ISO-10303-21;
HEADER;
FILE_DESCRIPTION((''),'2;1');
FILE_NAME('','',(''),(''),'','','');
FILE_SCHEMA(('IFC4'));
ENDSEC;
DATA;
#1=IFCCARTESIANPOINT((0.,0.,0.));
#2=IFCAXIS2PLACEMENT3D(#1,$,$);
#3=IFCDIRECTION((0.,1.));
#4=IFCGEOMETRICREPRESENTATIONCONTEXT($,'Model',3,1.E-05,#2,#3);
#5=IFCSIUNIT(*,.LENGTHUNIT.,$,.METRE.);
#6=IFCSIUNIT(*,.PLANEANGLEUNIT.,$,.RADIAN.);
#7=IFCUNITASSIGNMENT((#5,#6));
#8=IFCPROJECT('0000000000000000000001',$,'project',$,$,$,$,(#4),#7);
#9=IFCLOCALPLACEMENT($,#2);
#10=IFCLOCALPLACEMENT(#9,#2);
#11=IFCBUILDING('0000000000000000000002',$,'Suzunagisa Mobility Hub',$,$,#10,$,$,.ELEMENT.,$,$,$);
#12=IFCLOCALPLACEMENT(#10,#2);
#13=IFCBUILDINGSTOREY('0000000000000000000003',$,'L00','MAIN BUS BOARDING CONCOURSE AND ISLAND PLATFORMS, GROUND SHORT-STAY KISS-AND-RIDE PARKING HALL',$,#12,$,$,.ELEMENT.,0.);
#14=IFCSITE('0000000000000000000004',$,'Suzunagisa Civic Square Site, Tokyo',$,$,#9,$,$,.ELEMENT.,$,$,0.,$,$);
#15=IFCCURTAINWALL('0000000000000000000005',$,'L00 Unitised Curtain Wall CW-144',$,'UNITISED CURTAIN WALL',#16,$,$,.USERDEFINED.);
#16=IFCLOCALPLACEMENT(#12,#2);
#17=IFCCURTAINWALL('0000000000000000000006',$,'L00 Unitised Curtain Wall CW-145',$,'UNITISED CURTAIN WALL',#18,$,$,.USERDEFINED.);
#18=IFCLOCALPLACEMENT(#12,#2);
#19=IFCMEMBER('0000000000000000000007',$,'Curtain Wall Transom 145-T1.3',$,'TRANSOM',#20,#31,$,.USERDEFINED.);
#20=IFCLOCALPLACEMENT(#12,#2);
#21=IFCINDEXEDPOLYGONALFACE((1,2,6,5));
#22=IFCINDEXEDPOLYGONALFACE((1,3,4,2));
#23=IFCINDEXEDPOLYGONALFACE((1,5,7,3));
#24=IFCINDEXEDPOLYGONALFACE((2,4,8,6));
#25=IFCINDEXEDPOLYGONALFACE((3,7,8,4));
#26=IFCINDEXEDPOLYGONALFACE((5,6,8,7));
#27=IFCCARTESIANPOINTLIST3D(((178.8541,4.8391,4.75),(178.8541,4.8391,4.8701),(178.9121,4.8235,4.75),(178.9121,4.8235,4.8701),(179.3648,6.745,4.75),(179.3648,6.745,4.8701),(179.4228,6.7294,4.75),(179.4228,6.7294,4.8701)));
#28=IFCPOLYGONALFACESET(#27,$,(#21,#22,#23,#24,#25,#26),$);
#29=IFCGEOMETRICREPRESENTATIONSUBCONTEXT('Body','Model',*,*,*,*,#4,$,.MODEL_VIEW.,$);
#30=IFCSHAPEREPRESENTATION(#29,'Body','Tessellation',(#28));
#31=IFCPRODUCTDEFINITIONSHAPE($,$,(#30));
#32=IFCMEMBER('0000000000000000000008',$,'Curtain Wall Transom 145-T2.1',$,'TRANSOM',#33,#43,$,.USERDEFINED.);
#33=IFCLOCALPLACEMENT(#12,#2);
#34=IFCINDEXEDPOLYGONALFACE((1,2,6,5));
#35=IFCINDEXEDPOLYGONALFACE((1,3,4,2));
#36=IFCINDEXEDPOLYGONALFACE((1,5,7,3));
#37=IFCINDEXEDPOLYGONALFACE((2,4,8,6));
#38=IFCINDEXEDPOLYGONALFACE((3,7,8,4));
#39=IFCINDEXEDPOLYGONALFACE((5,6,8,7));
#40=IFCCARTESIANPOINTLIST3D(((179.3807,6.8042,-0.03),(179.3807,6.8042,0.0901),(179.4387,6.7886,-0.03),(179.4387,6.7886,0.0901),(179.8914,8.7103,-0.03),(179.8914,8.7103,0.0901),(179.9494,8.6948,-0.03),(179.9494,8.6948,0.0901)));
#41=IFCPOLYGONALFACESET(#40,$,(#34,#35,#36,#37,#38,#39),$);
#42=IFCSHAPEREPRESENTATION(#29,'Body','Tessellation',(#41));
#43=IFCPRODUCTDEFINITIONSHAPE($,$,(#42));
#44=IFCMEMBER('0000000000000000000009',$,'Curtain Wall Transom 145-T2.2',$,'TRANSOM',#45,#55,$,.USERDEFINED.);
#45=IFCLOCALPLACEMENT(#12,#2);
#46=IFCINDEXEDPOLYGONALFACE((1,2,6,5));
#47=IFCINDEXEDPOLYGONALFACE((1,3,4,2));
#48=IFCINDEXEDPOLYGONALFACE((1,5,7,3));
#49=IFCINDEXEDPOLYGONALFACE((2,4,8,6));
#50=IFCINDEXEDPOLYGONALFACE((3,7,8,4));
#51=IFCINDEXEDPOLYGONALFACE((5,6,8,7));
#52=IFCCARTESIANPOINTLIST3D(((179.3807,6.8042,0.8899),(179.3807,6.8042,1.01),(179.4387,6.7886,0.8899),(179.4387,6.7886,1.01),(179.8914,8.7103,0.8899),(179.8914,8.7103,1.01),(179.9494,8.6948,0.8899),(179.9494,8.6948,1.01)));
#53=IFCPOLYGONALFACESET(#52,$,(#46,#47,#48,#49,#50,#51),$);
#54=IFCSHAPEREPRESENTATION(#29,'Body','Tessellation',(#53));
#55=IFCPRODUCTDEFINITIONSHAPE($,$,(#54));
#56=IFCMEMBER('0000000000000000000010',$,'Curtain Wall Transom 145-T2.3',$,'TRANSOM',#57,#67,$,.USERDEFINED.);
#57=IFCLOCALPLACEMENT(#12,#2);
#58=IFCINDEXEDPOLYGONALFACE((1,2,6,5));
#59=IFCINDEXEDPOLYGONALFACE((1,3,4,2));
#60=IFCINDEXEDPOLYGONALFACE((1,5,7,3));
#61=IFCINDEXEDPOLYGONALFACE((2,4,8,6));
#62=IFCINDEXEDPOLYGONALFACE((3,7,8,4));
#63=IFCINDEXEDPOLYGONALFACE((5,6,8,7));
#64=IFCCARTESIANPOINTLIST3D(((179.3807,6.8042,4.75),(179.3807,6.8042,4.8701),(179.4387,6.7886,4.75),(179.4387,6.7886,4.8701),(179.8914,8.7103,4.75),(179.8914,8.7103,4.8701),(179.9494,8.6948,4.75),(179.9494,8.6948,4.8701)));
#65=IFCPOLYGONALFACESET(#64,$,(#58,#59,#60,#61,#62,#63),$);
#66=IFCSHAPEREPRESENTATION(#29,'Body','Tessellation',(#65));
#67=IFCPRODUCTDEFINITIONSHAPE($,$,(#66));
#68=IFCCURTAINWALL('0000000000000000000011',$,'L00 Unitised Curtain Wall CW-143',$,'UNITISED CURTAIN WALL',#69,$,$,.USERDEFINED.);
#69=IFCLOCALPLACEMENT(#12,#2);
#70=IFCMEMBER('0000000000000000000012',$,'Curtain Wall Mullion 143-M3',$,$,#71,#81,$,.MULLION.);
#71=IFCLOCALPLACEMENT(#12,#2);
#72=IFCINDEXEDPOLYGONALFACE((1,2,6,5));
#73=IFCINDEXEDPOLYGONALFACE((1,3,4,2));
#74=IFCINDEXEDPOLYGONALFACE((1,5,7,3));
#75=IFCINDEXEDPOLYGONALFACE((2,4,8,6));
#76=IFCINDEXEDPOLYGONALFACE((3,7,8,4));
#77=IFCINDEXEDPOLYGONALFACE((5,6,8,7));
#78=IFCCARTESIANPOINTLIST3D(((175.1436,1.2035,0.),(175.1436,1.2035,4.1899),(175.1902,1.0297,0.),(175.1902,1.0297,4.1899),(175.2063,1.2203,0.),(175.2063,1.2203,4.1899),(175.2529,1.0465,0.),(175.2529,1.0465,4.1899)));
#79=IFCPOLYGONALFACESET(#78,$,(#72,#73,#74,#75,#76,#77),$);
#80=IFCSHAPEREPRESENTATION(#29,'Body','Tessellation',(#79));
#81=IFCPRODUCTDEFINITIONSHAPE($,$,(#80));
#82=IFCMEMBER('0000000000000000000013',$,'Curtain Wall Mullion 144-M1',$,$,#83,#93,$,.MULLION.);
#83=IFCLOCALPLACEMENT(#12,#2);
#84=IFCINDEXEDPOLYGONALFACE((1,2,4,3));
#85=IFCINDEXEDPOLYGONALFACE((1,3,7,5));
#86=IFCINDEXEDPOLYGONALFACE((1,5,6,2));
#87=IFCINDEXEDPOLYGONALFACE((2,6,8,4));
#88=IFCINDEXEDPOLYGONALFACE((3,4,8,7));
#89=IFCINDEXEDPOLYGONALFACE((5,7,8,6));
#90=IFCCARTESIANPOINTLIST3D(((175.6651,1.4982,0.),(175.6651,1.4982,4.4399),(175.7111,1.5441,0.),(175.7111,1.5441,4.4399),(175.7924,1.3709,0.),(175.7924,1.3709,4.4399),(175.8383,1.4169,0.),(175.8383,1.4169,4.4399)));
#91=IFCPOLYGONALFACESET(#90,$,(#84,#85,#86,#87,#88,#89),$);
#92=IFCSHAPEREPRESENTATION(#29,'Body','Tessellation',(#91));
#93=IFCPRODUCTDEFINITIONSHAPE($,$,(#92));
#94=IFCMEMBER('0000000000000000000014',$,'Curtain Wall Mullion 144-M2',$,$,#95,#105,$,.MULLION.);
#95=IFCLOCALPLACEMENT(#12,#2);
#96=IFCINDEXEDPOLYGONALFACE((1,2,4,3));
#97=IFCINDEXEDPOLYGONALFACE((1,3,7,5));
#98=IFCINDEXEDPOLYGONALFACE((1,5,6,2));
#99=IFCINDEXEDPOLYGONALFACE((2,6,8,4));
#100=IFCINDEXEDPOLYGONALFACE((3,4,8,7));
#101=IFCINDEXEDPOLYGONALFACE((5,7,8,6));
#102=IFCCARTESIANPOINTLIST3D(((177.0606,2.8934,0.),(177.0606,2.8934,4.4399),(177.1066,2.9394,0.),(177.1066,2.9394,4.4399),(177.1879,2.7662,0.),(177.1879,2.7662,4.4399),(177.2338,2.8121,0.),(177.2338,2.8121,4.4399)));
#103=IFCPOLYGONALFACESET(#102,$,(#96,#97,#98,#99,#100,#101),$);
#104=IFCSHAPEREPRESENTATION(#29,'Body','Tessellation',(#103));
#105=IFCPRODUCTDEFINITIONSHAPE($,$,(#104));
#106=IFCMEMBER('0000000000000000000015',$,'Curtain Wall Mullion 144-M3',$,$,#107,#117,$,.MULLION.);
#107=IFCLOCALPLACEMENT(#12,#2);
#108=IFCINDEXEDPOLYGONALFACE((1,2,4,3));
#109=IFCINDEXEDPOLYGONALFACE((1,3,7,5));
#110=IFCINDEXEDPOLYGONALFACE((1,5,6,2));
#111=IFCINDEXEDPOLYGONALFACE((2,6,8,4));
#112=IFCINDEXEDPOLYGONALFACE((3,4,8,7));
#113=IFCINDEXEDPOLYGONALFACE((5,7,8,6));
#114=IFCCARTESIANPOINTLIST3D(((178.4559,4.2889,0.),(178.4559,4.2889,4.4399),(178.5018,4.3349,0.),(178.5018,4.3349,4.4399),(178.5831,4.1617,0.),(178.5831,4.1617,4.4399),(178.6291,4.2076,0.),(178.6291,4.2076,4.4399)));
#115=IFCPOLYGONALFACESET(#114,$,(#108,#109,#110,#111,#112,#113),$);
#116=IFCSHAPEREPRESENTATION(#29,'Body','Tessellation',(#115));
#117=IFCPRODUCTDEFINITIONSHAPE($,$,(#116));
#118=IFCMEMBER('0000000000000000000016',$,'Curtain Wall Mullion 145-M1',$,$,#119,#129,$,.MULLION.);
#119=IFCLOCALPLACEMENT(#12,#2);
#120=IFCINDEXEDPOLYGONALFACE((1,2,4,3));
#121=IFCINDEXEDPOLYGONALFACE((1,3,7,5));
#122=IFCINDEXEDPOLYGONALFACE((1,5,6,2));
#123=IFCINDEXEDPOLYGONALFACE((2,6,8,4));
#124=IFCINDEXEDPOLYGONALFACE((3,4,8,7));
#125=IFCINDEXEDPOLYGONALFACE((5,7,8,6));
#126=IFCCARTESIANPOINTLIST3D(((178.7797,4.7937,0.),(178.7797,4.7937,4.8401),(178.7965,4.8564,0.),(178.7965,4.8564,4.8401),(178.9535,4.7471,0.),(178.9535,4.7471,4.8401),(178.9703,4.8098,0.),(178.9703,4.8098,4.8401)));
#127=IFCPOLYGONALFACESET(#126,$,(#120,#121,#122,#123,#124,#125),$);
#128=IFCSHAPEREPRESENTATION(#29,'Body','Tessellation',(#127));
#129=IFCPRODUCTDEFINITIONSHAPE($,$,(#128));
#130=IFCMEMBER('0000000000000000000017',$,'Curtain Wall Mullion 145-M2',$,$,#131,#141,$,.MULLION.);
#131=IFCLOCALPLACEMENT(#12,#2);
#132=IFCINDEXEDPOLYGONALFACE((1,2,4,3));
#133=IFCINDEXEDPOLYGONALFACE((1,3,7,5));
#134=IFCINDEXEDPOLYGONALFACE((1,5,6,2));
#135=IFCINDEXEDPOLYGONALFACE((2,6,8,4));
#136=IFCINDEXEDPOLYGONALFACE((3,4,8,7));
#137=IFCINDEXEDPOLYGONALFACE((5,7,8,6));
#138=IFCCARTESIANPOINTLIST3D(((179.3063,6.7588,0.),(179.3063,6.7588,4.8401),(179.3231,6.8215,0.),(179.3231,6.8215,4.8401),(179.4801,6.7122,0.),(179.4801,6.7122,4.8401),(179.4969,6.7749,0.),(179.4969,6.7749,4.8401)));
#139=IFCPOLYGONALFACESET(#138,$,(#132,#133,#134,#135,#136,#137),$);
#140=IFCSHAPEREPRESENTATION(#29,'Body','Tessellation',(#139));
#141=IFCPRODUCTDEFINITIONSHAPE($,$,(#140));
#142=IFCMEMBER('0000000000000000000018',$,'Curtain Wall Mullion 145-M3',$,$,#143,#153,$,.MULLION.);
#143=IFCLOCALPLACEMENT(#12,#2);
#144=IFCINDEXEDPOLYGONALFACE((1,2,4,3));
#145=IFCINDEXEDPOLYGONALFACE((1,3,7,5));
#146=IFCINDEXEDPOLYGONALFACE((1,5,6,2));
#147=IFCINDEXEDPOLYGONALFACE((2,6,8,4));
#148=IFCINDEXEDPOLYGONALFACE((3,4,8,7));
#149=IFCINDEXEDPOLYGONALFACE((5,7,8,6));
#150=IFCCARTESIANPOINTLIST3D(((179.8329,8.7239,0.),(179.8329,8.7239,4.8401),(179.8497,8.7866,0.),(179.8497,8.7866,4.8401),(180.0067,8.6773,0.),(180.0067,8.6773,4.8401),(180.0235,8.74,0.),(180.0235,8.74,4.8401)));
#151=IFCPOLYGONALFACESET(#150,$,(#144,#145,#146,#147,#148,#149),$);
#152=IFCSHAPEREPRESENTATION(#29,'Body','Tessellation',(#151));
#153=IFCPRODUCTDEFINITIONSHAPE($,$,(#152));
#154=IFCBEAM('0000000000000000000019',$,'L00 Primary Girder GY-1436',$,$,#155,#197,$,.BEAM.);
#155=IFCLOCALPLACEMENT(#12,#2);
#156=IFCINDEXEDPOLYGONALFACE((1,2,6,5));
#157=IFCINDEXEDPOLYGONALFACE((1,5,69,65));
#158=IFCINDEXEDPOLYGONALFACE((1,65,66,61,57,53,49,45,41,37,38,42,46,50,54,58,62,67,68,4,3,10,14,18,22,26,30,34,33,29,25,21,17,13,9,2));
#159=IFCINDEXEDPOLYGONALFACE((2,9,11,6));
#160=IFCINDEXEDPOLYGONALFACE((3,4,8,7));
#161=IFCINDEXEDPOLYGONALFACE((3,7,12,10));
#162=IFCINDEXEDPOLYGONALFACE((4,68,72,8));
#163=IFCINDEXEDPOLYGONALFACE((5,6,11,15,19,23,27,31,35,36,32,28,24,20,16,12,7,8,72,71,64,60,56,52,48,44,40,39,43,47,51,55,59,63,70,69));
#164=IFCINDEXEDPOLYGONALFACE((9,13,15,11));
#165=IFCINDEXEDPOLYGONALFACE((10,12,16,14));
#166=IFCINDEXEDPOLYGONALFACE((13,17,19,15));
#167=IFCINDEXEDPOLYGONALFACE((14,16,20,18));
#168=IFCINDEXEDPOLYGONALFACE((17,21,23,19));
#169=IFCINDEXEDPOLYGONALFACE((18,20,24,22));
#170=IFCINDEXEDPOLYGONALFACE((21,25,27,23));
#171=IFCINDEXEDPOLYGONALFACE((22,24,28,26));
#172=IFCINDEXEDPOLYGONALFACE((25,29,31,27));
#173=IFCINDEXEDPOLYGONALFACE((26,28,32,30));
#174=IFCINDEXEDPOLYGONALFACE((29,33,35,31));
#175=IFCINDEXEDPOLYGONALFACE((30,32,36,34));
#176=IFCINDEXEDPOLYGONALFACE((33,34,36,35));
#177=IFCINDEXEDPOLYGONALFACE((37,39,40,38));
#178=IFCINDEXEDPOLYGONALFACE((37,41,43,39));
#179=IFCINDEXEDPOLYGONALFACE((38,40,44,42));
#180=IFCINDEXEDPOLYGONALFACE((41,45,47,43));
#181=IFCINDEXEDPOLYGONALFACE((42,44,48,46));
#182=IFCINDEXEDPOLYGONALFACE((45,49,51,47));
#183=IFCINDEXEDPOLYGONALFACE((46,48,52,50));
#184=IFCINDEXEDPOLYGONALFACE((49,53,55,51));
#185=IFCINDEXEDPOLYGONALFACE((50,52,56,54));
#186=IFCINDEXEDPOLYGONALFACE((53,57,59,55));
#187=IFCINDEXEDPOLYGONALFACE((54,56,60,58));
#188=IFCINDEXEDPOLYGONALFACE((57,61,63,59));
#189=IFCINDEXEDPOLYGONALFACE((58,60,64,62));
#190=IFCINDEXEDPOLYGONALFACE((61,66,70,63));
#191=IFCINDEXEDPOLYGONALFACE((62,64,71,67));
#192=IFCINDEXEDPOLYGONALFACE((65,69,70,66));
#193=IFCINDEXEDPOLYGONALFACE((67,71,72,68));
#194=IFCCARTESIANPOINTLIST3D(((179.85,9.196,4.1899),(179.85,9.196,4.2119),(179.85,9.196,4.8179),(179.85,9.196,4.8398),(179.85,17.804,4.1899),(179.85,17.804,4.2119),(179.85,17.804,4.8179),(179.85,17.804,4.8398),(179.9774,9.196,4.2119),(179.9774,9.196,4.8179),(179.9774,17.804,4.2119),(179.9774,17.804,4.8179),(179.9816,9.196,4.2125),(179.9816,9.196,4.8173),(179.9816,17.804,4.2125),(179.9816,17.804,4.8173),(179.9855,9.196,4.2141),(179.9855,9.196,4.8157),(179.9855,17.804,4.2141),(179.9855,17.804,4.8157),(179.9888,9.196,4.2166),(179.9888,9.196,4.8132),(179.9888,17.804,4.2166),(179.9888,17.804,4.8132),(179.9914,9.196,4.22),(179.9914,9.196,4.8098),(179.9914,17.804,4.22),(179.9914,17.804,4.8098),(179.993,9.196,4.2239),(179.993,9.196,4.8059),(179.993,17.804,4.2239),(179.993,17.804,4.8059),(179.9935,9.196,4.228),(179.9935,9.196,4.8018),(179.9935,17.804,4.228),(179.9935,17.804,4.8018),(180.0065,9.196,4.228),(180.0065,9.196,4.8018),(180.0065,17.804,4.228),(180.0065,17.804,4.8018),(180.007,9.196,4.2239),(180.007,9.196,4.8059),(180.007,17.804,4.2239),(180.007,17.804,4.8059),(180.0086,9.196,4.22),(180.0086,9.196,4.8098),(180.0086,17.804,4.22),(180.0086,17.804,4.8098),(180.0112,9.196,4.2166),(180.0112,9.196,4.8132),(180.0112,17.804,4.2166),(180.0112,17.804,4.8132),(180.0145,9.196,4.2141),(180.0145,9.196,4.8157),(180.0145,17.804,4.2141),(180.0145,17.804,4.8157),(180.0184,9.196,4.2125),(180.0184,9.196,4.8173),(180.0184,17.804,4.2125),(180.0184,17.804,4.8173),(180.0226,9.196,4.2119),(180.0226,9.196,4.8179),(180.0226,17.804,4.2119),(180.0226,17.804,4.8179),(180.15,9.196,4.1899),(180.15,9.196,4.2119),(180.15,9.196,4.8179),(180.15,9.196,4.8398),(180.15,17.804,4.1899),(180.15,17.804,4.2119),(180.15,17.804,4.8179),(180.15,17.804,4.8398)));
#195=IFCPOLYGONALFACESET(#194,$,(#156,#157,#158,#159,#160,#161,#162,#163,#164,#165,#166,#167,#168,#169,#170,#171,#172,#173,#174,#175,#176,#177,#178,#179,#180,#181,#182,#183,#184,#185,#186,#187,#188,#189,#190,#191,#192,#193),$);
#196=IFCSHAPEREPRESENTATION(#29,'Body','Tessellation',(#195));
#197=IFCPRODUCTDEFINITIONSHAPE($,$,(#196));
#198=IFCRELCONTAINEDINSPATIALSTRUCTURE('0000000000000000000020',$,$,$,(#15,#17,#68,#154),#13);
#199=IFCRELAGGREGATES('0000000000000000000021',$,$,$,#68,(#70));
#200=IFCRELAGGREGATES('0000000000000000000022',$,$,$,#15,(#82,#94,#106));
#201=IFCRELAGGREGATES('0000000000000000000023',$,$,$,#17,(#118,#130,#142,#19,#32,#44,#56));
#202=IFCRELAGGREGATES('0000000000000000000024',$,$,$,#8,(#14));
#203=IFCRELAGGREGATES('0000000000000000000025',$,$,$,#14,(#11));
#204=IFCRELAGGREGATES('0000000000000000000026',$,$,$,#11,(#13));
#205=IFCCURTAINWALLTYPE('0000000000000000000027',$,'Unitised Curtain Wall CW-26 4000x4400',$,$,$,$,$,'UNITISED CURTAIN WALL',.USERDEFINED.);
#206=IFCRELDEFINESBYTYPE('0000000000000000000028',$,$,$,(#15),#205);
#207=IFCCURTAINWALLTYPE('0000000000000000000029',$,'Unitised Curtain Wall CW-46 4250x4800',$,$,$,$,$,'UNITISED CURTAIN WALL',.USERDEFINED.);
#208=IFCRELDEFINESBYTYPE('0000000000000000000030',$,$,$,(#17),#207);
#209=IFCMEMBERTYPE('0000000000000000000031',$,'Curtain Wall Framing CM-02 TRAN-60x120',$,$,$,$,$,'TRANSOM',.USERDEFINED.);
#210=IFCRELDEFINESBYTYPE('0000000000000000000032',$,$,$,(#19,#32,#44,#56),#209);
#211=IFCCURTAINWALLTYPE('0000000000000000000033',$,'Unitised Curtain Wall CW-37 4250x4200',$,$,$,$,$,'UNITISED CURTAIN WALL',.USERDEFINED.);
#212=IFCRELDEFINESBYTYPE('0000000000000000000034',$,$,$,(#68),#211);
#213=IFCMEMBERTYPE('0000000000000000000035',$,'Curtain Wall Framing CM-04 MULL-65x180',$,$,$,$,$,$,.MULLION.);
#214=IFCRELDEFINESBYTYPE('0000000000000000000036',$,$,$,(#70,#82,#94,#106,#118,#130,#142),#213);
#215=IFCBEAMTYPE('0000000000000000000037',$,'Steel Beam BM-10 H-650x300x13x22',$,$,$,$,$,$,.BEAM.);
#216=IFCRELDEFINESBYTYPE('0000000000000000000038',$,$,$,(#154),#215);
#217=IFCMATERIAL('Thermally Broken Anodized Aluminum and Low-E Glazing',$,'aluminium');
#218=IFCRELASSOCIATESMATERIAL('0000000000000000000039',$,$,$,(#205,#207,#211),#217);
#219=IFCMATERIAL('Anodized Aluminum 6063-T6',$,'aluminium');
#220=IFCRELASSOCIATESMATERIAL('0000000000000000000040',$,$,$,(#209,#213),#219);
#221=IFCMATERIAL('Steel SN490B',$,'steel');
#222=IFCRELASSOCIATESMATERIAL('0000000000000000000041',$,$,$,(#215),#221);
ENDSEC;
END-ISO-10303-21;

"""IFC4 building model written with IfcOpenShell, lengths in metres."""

from ifc_helpers import new_model, si_unit, direction, frame, origin, origin_2d, place, context, subcontext, project, spatial, rectangle, i_section, extrude, material, material_profile, profile_set, type_object, element, aggregate, save


model = new_model("IFC4")

# Units and contexts
model_context = context("Model", 3, precision=1e-05, world=origin(), true_north=direction((0.0, 1.0)))
body_context = subcontext(model_context, "Body", "Model", "MODEL_VIEW")
ifc_project = project(units=[si_unit("LENGTHUNIT", "METRE"), si_unit("PLANEANGLEUNIT", "RADIAN")], contexts=[model_context])

# Site, building, storey
site_placement = place(None, origin())
site = spatial("IfcSite", under=ifc_project, at=site_placement, Name="Suzunagisa Civic Square Site, Tokyo", CompositionType="ELEMENT", RefElevation=0.0)
building_placement = place(site_placement, origin())
building = spatial("IfcBuilding", under=site, at=building_placement, Name="Suzunagisa Mobility Hub", CompositionType="ELEMENT")
storey_placement = place(building_placement, origin())
storey = spatial("IfcBuildingStorey", under=building, at=storey_placement, Name="L00", Description="MAIN BUS BOARDING CONCOURSE AND ISLAND PLATFORMS, GROUND SHORT-STAY KISS-AND-RIDE PARKING HALL", CompositionType="ELEMENT", Elevation=0.0)

# Shared definitions
ifc_material_1 = material(Name="Steel SN490B", Category="steel")

# Curtain walls, members
ifc_material_2 = material(Name="Thermally Broken Anodized Aluminum and Low-E Glazing", Category="aluminium")
curtain_wall_type_1 = type_object("IfcCurtainWallType", Name="Unitised Curtain Wall CW-26 4000x4400", ElementType="UNITISED CURTAIN WALL", PredefinedType="USERDEFINED", material=ifc_material_2)
curtain_wall_1_placement = place(storey_placement, origin())
curtain_wall_1 = element("IfcCurtainWall", 1, at=curtain_wall_1_placement, inside=storey, type_object=curtain_wall_type_1, Name="L00 Unitised Curtain Wall CW-144", ObjectType="UNITISED CURTAIN WALL", PredefinedType="USERDEFINED")
ifc_material_3 = material(Name="Anodized Aluminum 6063-T6", Category="aluminium")
ifc_material_profile_1 = material_profile(ifc_material_3, rectangle(XDim=0.0601, YDim=0.1201, at=origin_2d()), Name="TRAN-60x120")
ifc_profile_set_1 = profile_set([ifc_material_profile_1], Name="Anodized Aluminum 6063-T6")
member_type_1 = type_object("IfcMemberType", Name="Curtain Wall Framing CM-02 TRAN-60x120", ElementType="TRANSOM", PredefinedType="USERDEFINED", material=ifc_profile_set_1)
curtain_wall_type_2 = type_object("IfcCurtainWallType", Name="Unitised Curtain Wall CW-46 4250x4800", ElementType="UNITISED CURTAIN WALL", PredefinedType="USERDEFINED", material=ifc_material_2)
curtain_wall_2_placement = place(storey_placement, origin())
curtain_wall_2 = element("IfcCurtainWall", 2, at=curtain_wall_2_placement, inside=storey, type_object=curtain_wall_type_2, Name="L00 Unitised Curtain Wall CW-145", ObjectType="UNITISED CURTAIN WALL", PredefinedType="USERDEFINED")
member_1_placement = place(storey_placement, frame((178.8831, 4.8313, 4.8101), z_axis=(0.258833, 0.965922, 0.0), x_axis=(-0.965922, 0.258833, 0.0)))
member_1 = element("IfcMember", 3, at=member_1_placement, type_object=member_type_1, Name="Curtain Wall Transom 145-T1.3", ObjectType="TRANSOM", PredefinedType="USERDEFINED", context=body_context, shape_type="SweptSolid", body=[
    extrude(rectangle(XDim=0.0601, YDim=0.1201, at=origin_2d()), origin(), (0.0, 0.0, 1.0), 1.9731),
])
member_2_placement = place(storey_placement, frame((179.4097, 6.7964, 0.03), z_axis=(0.258802, 0.96593, 0.0), x_axis=(-0.96593, 0.258802, 0.0)))
member_2 = element("IfcMember", 4, at=member_2_placement, type_object=member_type_1, Name="Curtain Wall Transom 145-T2.1", ObjectType="TRANSOM", PredefinedType="USERDEFINED", context=body_context, shape_type="SweptSolid", body=[
    extrude(rectangle(XDim=0.0601, YDim=0.1201, at=origin_2d()), origin(), (0.0, 0.0, 1.0), 1.9734),
])
member_3_placement = place(storey_placement, frame((179.4097, 6.7964, 0.95), z_axis=(0.258802, 0.96593, 0.0), x_axis=(-0.96593, 0.258802, 0.0)))
member_3 = element("IfcMember", 5, at=member_3_placement, type_object=member_type_1, Name="Curtain Wall Transom 145-T2.2", ObjectType="TRANSOM", PredefinedType="USERDEFINED", context=body_context, shape_type="SweptSolid", body=[
    extrude(rectangle(XDim=0.0601, YDim=0.1201, at=origin_2d()), origin(), (0.0, 0.0, 1.0), 1.9734),
])
member_4_placement = place(storey_placement, frame((179.4097, 6.7964, 4.8101), z_axis=(0.258802, 0.96593, 0.0), x_axis=(-0.96593, 0.258802, 0.0)))
member_4 = element("IfcMember", 6, at=member_4_placement, type_object=member_type_1, Name="Curtain Wall Transom 145-T2.3", ObjectType="TRANSOM", PredefinedType="USERDEFINED", context=body_context, shape_type="SweptSolid", body=[
    extrude(rectangle(XDim=0.0601, YDim=0.1201, at=origin_2d()), origin(), (0.0, 0.0, 1.0), 1.9734),
])

# Curtain wall, member
curtain_wall_type_3 = type_object("IfcCurtainWallType", Name="Unitised Curtain Wall CW-37 4250x4200", ElementType="UNITISED CURTAIN WALL", PredefinedType="USERDEFINED", material=ifc_material_2)
curtain_wall_3_placement = place(storey_placement, origin())
curtain_wall_3 = element("IfcCurtainWall", 7, at=curtain_wall_3_placement, inside=storey, type_object=curtain_wall_type_3, Name="L00 Unitised Curtain Wall CW-143", ObjectType="UNITISED CURTAIN WALL", PredefinedType="USERDEFINED")
ifc_material_profile_2 = material_profile(ifc_material_3, rectangle(XDim=0.0649, YDim=0.1799, at=origin_2d()), Name="MULL-65x180")
ifc_profile_set_2 = profile_set([ifc_material_profile_2], Name="Anodized Aluminum 6063-T6")
member_type_2 = type_object("IfcMemberType", Name="Curtain Wall Framing CM-04 MULL-65x180", PredefinedType="MULLION", material=ifc_profile_set_2)
member_5_placement = place(storey_placement, frame((175.1982, 1.125, 0.0), z_axis=(0.0, 0.0, 1.0), x_axis=(0.965927, 0.258814, 0.0)))
member_5 = element("IfcMember", 8, at=member_5_placement, type_object=member_type_2, Name="Curtain Wall Mullion 143-M3", PredefinedType="MULLION", context=body_context, shape_type="SweptSolid", body=[
    extrude(rectangle(XDim=0.0649, YDim=0.1799, at=origin_2d()), origin(), (0.0, 0.0, 1.0), 4.1899),
])

# Members
member_6_placement = place(storey_placement, frame((175.7517, 1.4575, 0.0), z_axis=(0.0, 0.0, 1.0), x_axis=(0.707107, 0.707107, 0.0)))
member_6 = element("IfcMember", 9, at=member_6_placement, type_object=member_type_2, Name="Curtain Wall Mullion 144-M1", PredefinedType="MULLION", context=body_context, shape_type="SweptSolid", body=[
    extrude(rectangle(XDim=0.0649, YDim=0.1799, at=origin_2d()), origin(), (0.0, 0.0, 1.0), 4.4399),
])
member_7_placement = place(storey_placement, frame((177.1472, 2.8528, 0.0), z_axis=(0.0, 0.0, 1.0), x_axis=(0.707107, 0.707107, 0.0)))
member_7 = element("IfcMember", 10, at=member_7_placement, type_object=member_type_2, Name="Curtain Wall Mullion 144-M2", PredefinedType="MULLION", context=body_context, shape_type="SweptSolid", body=[
    extrude(rectangle(XDim=0.0649, YDim=0.1799, at=origin_2d()), origin(), (0.0, 0.0, 1.0), 4.4399),
])
member_8_placement = place(storey_placement, frame((178.5425, 4.2483, 0.0), z_axis=(0.0, 0.0, 1.0), x_axis=(0.707107, 0.707107, 0.0)))
member_8 = element("IfcMember", 11, at=member_8_placement, type_object=member_type_2, Name="Curtain Wall Mullion 144-M3", PredefinedType="MULLION", context=body_context, shape_type="SweptSolid", body=[
    extrude(rectangle(XDim=0.0649, YDim=0.1799, at=origin_2d()), origin(), (0.0, 0.0, 1.0), 4.4399),
])
member_9_placement = place(storey_placement, frame((178.875, 4.8018, 0.0), z_axis=(0.0, 0.0, 1.0), x_axis=(0.258814, 0.965927, 0.0)))
member_9 = element("IfcMember", 12, at=member_9_placement, type_object=member_type_2, Name="Curtain Wall Mullion 145-M1", PredefinedType="MULLION", context=body_context, shape_type="SweptSolid", body=[
    extrude(rectangle(XDim=0.0649, YDim=0.1799, at=origin_2d()), origin(), (0.0, 0.0, 1.0), 4.8401),
])
member_10_placement = place(storey_placement, frame((179.4016, 6.7668, 0.0), z_axis=(0.0, 0.0, 1.0), x_axis=(0.258814, 0.965927, 0.0)))
member_10 = element("IfcMember", 13, at=member_10_placement, type_object=member_type_2, Name="Curtain Wall Mullion 145-M2", PredefinedType="MULLION", context=body_context, shape_type="SweptSolid", body=[
    extrude(rectangle(XDim=0.0649, YDim=0.1799, at=origin_2d()), origin(), (0.0, 0.0, 1.0), 4.8401),
])
member_11_placement = place(storey_placement, frame((179.9282, 8.7319, 0.0), z_axis=(0.0, 0.0, 1.0), x_axis=(0.258814, 0.965927, 0.0)))
member_11 = element("IfcMember", 14, at=member_11_placement, type_object=member_type_2, Name="Curtain Wall Mullion 145-M3", PredefinedType="MULLION", context=body_context, shape_type="SweptSolid", body=[
    extrude(rectangle(XDim=0.0649, YDim=0.1799, at=origin_2d()), origin(), (0.0, 0.0, 1.0), 4.8401),
])

# Beam
ifc_material_profile_3 = material_profile(ifc_material_1, i_section(OverallWidth=0.3, OverallDepth=0.6499, WebThickness=0.0129, FlangeThickness=0.022, FilletRadius=0.0161, at=origin_2d()), Name="H-650x300x13x22")
ifc_profile_set_3 = profile_set([ifc_material_profile_3], Name="Steel SN490B")
beam_type_1 = type_object("IfcBeamType", Name="Steel Beam BM-10 H-650x300x13x22", PredefinedType="BEAM", material=ifc_profile_set_3)
beam_1_placement = place(storey_placement, frame((180.0, 9.196, 4.5149), z_axis=(0.0, 1.0, 0.0), x_axis=(-1.0, 0.0, 0.0)))
element("IfcBeam", 15, at=beam_1_placement, inside=storey, type_object=beam_type_1, Name="L00 Primary Girder GY-1436", PredefinedType="BEAM", context=body_context, shape_type="SweptSolid", body=[
    extrude(i_section(OverallWidth=0.3, OverallDepth=0.6499, WebThickness=0.0129, FlangeThickness=0.022, FilletRadius=0.0161, at=origin_2d()), origin(), (0.0, 0.0, 1.0), 8.6079),
])

aggregate(curtain_wall_3, [member_5])
aggregate(curtain_wall_1, [member_6, member_7, member_8])
aggregate(curtain_wall_2, [member_9, member_10, member_11, member_1, member_2, member_3, member_4])

save(model, "model.ifc")
